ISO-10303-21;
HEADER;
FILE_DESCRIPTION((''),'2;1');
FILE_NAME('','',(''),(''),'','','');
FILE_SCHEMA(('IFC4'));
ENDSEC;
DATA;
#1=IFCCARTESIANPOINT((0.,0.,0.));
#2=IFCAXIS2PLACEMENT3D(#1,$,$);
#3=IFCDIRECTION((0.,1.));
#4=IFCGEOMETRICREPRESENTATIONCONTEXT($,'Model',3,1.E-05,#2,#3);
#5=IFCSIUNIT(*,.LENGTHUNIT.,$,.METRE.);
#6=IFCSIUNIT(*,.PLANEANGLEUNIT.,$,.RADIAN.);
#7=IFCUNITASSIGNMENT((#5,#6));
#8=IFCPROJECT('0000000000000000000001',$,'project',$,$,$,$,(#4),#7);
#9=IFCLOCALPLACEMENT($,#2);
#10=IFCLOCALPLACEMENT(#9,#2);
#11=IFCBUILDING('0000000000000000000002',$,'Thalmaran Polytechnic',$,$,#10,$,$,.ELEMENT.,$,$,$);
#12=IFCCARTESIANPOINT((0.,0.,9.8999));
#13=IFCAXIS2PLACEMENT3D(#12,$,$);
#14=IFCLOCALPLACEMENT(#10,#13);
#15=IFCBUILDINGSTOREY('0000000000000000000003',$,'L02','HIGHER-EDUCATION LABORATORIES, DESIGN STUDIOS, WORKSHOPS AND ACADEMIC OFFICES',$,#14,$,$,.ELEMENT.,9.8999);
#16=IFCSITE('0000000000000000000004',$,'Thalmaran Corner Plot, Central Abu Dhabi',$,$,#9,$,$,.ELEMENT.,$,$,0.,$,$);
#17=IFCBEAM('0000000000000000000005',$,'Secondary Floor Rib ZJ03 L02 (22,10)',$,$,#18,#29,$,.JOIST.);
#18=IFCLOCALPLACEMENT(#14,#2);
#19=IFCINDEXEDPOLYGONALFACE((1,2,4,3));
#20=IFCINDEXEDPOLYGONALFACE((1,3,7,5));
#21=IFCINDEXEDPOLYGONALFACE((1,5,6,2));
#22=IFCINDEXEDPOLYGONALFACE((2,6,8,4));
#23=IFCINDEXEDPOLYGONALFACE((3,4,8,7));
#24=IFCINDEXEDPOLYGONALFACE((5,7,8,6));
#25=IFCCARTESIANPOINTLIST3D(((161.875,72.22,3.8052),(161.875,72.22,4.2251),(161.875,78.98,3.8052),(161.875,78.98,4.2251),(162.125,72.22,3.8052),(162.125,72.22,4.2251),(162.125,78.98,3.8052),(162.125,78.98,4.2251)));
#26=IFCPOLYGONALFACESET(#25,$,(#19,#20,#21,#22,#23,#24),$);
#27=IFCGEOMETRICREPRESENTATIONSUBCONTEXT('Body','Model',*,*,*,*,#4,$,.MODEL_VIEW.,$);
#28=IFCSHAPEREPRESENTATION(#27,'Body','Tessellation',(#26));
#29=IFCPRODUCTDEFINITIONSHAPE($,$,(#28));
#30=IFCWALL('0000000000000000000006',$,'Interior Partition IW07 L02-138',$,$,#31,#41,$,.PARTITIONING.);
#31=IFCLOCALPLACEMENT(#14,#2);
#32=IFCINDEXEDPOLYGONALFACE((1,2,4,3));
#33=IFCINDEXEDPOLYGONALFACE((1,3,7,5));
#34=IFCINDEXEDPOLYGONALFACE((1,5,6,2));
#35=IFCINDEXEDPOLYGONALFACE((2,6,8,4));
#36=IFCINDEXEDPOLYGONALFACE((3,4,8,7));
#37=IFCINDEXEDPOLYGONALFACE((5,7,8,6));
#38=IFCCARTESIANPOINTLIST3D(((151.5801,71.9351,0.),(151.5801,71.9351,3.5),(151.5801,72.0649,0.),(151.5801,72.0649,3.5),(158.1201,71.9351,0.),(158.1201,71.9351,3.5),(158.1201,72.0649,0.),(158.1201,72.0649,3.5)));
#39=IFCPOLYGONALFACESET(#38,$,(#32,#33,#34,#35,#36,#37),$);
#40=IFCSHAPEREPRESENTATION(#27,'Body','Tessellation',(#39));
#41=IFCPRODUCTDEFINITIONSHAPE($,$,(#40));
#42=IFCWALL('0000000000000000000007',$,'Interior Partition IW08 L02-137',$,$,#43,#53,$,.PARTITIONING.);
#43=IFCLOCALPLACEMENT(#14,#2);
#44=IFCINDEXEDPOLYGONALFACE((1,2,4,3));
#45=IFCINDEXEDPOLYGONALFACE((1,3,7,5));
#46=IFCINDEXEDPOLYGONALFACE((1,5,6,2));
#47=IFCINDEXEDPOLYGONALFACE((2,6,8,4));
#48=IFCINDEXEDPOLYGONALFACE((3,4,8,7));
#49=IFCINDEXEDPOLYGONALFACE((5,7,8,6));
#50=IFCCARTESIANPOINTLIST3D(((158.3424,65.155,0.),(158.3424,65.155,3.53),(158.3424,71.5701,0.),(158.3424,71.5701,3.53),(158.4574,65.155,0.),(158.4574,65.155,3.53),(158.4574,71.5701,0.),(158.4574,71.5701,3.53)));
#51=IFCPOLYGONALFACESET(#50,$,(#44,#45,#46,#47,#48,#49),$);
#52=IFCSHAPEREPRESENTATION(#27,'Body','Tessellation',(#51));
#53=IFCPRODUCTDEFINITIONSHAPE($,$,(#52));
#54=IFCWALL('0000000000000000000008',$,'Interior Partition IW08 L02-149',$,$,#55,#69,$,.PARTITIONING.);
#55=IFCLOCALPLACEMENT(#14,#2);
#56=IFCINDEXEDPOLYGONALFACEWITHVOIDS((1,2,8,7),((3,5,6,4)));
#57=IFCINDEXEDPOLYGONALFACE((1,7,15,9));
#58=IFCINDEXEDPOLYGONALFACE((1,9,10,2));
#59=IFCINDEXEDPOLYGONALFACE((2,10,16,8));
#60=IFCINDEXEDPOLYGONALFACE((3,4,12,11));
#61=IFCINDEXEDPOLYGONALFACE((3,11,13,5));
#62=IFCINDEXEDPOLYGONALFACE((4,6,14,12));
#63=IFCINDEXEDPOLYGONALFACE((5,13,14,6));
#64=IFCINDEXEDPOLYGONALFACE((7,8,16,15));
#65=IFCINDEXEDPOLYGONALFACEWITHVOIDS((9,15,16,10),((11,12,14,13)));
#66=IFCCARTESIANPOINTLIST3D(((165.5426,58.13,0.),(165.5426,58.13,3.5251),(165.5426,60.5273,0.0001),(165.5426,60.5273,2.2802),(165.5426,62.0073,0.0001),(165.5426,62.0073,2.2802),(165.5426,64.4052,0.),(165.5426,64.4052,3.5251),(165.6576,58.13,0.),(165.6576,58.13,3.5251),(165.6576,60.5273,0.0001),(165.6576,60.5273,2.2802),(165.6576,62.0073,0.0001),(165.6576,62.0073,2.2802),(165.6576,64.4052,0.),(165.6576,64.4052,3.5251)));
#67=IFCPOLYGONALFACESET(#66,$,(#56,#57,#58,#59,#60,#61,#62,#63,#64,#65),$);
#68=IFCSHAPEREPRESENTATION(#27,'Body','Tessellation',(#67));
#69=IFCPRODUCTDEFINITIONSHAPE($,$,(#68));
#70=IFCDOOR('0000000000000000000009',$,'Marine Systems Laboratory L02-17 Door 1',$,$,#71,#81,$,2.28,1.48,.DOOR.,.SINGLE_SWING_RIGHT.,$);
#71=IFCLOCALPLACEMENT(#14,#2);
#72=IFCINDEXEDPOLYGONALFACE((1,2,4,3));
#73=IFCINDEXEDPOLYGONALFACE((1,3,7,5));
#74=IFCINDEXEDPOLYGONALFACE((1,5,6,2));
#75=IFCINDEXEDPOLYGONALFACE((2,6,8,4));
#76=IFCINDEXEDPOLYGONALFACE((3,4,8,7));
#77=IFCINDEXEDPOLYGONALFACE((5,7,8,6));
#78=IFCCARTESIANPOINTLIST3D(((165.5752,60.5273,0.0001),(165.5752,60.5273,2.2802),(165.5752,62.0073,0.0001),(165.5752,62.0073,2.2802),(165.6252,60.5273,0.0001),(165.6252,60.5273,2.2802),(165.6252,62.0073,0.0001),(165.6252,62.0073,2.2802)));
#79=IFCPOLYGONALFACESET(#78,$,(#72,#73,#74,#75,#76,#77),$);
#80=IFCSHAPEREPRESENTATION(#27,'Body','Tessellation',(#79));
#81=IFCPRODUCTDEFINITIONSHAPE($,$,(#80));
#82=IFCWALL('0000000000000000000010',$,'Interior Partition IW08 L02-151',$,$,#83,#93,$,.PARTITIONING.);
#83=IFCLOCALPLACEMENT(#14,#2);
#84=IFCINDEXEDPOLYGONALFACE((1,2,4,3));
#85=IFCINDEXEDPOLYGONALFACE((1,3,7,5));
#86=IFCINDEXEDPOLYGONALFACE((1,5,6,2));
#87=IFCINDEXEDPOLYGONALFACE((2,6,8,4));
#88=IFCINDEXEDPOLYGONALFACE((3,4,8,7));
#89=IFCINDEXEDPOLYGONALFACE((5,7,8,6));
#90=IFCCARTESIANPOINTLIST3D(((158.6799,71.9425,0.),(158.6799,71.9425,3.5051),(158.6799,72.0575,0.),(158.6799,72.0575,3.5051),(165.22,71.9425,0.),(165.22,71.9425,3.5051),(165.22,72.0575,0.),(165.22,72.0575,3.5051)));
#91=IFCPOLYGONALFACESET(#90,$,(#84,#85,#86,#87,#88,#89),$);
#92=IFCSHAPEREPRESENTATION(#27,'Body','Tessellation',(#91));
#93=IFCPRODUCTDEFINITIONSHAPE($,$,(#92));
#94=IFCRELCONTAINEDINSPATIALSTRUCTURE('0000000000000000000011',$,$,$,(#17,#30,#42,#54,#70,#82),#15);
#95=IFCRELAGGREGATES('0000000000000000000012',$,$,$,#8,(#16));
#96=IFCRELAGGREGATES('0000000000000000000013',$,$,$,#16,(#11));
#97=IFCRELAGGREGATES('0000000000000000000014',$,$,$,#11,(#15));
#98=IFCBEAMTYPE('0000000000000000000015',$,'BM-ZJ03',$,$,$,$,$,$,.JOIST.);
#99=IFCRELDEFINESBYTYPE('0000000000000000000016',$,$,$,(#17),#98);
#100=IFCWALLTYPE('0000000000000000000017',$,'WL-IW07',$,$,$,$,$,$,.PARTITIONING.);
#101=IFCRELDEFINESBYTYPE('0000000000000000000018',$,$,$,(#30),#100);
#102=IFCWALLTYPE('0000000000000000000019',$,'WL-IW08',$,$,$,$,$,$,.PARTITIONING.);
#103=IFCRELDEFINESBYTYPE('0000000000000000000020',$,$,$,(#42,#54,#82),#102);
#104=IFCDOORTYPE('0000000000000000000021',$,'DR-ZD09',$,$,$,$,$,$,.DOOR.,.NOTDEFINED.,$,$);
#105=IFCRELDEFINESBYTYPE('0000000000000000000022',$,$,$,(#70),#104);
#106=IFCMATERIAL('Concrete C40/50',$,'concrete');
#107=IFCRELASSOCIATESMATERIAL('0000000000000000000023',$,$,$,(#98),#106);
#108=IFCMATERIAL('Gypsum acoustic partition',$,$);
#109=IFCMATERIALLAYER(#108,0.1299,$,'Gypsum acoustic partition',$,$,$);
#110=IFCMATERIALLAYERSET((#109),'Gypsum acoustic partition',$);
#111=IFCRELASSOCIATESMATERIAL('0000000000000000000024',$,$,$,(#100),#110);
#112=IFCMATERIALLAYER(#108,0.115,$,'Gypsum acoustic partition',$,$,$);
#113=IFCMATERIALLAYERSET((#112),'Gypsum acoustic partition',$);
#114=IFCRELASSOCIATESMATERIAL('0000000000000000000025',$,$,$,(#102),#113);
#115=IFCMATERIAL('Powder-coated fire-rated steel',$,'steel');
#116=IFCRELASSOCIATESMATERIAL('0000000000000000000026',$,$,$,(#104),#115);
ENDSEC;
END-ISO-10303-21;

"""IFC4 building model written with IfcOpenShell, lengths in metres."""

from ifc_helpers import new_model, si_unit, direction, frame, frame_2d, origin, origin_2d, place, context, subcontext, project, spatial, rectangle, extrude, material, layer, layer_set, material_profile, profile_set, type_object, element, fill, save


model = new_model("IFC4")

# Units and contexts
model_context = context("Model", 3, precision=1e-05, world=origin(), true_north=direction((0.0, 1.0)))
body_context = subcontext(model_context, "Body", "Model", "MODEL_VIEW")
ifc_project = project(units=[si_unit("LENGTHUNIT", "METRE"), si_unit("PLANEANGLEUNIT", "RADIAN")], contexts=[model_context])

# Site, building, storey
site_placement = place(None, origin())
site = spatial("IfcSite", under=ifc_project, at=site_placement, Name="Thalmaran Corner Plot, Central Abu Dhabi", CompositionType="ELEMENT", RefElevation=0.0)
building_placement = place(site_placement, origin())
building = spatial("IfcBuilding", under=site, at=building_placement, Name="Thalmaran Polytechnic", CompositionType="ELEMENT")
storey_placement = place(building_placement, frame((0.0, 0.0, 9.8999)))
storey = spatial("IfcBuildingStorey", under=building, at=storey_placement, Name="L02", Description="HIGHER-EDUCATION LABORATORIES, DESIGN STUDIOS, WORKSHOPS AND ACADEMIC OFFICES", CompositionType="ELEMENT", Elevation=9.8999)

# Beam
ifc_material_1 = material(Name="Concrete C40/50", Category="concrete")
ifc_material_profile_1 = material_profile(ifc_material_1, rectangle(XDim=0.25, YDim=0.4199, at=origin_2d()), Name="RC 250x420")
ifc_profile_set_1 = profile_set([ifc_material_profile_1], Name="Concrete C40/50")
beam_type_1 = type_object("IfcBeamType", Name="BM-ZJ03", PredefinedType="JOIST", material=ifc_profile_set_1)
beam_1_placement = place(storey_placement, frame((162.0, 72.22, 4.0151), z_axis=(0.0, 1.0, 0.0), x_axis=(-1.0, 0.0, 0.0)))
element("IfcBeam", 1, at=beam_1_placement, inside=storey, type_object=beam_type_1, Name="Secondary Floor Rib ZJ03 L02 (22,10)", PredefinedType="JOIST", context=body_context, shape_type="SweptSolid", body=[
    extrude(rectangle(XDim=0.25, YDim=0.4199, at=origin_2d()), origin(), (0.0, 0.0, 1.0), 6.76),
])

# Walls
ifc_material_2 = material(Name="Gypsum acoustic partition")
ifc_layer_1 = layer(ifc_material_2, 0.1299, Name="Gypsum acoustic partition")
ifc_layer_set_1 = layer_set([ifc_layer_1], Name="Gypsum acoustic partition")
wall_type_1 = type_object("IfcWallType", Name="WL-IW07", PredefinedType="PARTITIONING", material=ifc_layer_set_1)
wall_1_placement = place(storey_placement, frame((151.5801, 72.0, 0.0), z_axis=(0.0, 0.0, 1.0), x_axis=(1.0, 0.0, 0.0)))
element("IfcWall", 2, at=wall_1_placement, inside=storey, type_object=wall_type_1, Name="Interior Partition IW07 L02-138", PredefinedType="PARTITIONING", context=body_context, shape_type="SweptSolid", body=[
    extrude(rectangle(XDim=6.54, YDim=0.1299, at=frame_2d((3.27, 0.0))), origin(), (0.0, 0.0, 1.0), 3.5),
])
ifc_layer_2 = layer(ifc_material_2, 0.115, Name="Gypsum acoustic partition")
ifc_layer_set_2 = layer_set([ifc_layer_2], Name="Gypsum acoustic partition")
wall_type_2 = type_object("IfcWallType", Name="WL-IW08", PredefinedType="PARTITIONING", material=ifc_layer_set_2)
wall_2_placement = place(storey_placement, frame((158.3999, 65.155, 0.0), z_axis=(0.0, 0.0, 1.0), x_axis=(0.0, 1.0, 0.0)))
element("IfcWall", 3, at=wall_2_placement, inside=storey, type_object=wall_type_2, Name="Interior Partition IW08 L02-137", PredefinedType="PARTITIONING", context=body_context, shape_type="SweptSolid", body=[
    extrude(rectangle(XDim=6.415, YDim=0.115, at=frame_2d((3.2075, 0.0))), origin(), (0.0, 0.0, 1.0), 3.53),
])

# Wall, opening, door
wall_3_placement = place(storey_placement, frame((165.6001, 58.1299, 0.0), z_axis=(0.0, 0.0, 1.0), x_axis=(0.0, 1.0, 0.0)))
wall_3 = element("IfcWall", 4, at=wall_3_placement, inside=storey, type_object=wall_type_2, Name="Interior Partition IW08 L02-149", PredefinedType="PARTITIONING", context=body_context, shape_type="SweptSolid", body=[
    extrude(rectangle(XDim=6.2751, YDim=0.115, at=frame_2d((3.1377, 0.0))), origin(), (0.0, 0.0, 1.0), 3.5251),
])
opening_placement = place(wall_3_placement, frame((2.3975, 0.0, 0.0)))
opening = element("IfcOpeningElement", 5, at=opening_placement, cuts=wall_3, PredefinedType="OPENING", context=body_context, shape_type="SweptSolid", body=[
    extrude(rectangle(XDim=1.48, YDim=2.28, at=frame_2d((0.74, 1.1401))), frame((0.0, 0.0674, 0.0), z_axis=(0.0, -1.0, 0.0), x_axis=(1.0, 0.0, 0.0)), (0.0, 0.0, 1.0), 0.135),
])
ifc_material_3 = material(Name="Powder-coated fire-rated steel", Category="steel")
door_type = type_object("IfcDoorType", Name="DR-ZD09", OperationType="NOTDEFINED", PredefinedType="DOOR", material=ifc_material_3)
door_placement = place(opening_placement, origin())
door = element("IfcDoor", 6, at=door_placement, inside=storey, type_object=door_type, Name="Marine Systems Laboratory L02-17 Door 1", OperationType="SINGLE_SWING_RIGHT", OverallHeight=2.28, OverallWidth=1.48, PredefinedType="DOOR", context=body_context, shape_type="SweptSolid", body=[
    extrude(rectangle(XDim=1.48, YDim=2.28, at=frame_2d((0.74, 1.1401))), frame((0.0, 0.0249, 0.0), z_axis=(0.0, -1.0, 0.0), x_axis=(1.0, 0.0, 0.0)), (0.0, 0.0, 1.0), 0.05),
])
fill(opening, door)

# Wall
wall_4_placement = place(storey_placement, frame((158.6799, 72.0, 0.0), z_axis=(0.0, 0.0, 1.0), x_axis=(1.0, 0.0, 0.0)))
element("IfcWall", 7, at=wall_4_placement, inside=storey, type_object=wall_type_2, Name="Interior Partition IW08 L02-151", PredefinedType="PARTITIONING", context=body_context, shape_type="SweptSolid", body=[
    extrude(rectangle(XDim=6.54, YDim=0.115, at=frame_2d((3.27, 0.0))), origin(), (0.0, 0.0, 1.0), 3.5051),
])

save(model, "model.ifc")
